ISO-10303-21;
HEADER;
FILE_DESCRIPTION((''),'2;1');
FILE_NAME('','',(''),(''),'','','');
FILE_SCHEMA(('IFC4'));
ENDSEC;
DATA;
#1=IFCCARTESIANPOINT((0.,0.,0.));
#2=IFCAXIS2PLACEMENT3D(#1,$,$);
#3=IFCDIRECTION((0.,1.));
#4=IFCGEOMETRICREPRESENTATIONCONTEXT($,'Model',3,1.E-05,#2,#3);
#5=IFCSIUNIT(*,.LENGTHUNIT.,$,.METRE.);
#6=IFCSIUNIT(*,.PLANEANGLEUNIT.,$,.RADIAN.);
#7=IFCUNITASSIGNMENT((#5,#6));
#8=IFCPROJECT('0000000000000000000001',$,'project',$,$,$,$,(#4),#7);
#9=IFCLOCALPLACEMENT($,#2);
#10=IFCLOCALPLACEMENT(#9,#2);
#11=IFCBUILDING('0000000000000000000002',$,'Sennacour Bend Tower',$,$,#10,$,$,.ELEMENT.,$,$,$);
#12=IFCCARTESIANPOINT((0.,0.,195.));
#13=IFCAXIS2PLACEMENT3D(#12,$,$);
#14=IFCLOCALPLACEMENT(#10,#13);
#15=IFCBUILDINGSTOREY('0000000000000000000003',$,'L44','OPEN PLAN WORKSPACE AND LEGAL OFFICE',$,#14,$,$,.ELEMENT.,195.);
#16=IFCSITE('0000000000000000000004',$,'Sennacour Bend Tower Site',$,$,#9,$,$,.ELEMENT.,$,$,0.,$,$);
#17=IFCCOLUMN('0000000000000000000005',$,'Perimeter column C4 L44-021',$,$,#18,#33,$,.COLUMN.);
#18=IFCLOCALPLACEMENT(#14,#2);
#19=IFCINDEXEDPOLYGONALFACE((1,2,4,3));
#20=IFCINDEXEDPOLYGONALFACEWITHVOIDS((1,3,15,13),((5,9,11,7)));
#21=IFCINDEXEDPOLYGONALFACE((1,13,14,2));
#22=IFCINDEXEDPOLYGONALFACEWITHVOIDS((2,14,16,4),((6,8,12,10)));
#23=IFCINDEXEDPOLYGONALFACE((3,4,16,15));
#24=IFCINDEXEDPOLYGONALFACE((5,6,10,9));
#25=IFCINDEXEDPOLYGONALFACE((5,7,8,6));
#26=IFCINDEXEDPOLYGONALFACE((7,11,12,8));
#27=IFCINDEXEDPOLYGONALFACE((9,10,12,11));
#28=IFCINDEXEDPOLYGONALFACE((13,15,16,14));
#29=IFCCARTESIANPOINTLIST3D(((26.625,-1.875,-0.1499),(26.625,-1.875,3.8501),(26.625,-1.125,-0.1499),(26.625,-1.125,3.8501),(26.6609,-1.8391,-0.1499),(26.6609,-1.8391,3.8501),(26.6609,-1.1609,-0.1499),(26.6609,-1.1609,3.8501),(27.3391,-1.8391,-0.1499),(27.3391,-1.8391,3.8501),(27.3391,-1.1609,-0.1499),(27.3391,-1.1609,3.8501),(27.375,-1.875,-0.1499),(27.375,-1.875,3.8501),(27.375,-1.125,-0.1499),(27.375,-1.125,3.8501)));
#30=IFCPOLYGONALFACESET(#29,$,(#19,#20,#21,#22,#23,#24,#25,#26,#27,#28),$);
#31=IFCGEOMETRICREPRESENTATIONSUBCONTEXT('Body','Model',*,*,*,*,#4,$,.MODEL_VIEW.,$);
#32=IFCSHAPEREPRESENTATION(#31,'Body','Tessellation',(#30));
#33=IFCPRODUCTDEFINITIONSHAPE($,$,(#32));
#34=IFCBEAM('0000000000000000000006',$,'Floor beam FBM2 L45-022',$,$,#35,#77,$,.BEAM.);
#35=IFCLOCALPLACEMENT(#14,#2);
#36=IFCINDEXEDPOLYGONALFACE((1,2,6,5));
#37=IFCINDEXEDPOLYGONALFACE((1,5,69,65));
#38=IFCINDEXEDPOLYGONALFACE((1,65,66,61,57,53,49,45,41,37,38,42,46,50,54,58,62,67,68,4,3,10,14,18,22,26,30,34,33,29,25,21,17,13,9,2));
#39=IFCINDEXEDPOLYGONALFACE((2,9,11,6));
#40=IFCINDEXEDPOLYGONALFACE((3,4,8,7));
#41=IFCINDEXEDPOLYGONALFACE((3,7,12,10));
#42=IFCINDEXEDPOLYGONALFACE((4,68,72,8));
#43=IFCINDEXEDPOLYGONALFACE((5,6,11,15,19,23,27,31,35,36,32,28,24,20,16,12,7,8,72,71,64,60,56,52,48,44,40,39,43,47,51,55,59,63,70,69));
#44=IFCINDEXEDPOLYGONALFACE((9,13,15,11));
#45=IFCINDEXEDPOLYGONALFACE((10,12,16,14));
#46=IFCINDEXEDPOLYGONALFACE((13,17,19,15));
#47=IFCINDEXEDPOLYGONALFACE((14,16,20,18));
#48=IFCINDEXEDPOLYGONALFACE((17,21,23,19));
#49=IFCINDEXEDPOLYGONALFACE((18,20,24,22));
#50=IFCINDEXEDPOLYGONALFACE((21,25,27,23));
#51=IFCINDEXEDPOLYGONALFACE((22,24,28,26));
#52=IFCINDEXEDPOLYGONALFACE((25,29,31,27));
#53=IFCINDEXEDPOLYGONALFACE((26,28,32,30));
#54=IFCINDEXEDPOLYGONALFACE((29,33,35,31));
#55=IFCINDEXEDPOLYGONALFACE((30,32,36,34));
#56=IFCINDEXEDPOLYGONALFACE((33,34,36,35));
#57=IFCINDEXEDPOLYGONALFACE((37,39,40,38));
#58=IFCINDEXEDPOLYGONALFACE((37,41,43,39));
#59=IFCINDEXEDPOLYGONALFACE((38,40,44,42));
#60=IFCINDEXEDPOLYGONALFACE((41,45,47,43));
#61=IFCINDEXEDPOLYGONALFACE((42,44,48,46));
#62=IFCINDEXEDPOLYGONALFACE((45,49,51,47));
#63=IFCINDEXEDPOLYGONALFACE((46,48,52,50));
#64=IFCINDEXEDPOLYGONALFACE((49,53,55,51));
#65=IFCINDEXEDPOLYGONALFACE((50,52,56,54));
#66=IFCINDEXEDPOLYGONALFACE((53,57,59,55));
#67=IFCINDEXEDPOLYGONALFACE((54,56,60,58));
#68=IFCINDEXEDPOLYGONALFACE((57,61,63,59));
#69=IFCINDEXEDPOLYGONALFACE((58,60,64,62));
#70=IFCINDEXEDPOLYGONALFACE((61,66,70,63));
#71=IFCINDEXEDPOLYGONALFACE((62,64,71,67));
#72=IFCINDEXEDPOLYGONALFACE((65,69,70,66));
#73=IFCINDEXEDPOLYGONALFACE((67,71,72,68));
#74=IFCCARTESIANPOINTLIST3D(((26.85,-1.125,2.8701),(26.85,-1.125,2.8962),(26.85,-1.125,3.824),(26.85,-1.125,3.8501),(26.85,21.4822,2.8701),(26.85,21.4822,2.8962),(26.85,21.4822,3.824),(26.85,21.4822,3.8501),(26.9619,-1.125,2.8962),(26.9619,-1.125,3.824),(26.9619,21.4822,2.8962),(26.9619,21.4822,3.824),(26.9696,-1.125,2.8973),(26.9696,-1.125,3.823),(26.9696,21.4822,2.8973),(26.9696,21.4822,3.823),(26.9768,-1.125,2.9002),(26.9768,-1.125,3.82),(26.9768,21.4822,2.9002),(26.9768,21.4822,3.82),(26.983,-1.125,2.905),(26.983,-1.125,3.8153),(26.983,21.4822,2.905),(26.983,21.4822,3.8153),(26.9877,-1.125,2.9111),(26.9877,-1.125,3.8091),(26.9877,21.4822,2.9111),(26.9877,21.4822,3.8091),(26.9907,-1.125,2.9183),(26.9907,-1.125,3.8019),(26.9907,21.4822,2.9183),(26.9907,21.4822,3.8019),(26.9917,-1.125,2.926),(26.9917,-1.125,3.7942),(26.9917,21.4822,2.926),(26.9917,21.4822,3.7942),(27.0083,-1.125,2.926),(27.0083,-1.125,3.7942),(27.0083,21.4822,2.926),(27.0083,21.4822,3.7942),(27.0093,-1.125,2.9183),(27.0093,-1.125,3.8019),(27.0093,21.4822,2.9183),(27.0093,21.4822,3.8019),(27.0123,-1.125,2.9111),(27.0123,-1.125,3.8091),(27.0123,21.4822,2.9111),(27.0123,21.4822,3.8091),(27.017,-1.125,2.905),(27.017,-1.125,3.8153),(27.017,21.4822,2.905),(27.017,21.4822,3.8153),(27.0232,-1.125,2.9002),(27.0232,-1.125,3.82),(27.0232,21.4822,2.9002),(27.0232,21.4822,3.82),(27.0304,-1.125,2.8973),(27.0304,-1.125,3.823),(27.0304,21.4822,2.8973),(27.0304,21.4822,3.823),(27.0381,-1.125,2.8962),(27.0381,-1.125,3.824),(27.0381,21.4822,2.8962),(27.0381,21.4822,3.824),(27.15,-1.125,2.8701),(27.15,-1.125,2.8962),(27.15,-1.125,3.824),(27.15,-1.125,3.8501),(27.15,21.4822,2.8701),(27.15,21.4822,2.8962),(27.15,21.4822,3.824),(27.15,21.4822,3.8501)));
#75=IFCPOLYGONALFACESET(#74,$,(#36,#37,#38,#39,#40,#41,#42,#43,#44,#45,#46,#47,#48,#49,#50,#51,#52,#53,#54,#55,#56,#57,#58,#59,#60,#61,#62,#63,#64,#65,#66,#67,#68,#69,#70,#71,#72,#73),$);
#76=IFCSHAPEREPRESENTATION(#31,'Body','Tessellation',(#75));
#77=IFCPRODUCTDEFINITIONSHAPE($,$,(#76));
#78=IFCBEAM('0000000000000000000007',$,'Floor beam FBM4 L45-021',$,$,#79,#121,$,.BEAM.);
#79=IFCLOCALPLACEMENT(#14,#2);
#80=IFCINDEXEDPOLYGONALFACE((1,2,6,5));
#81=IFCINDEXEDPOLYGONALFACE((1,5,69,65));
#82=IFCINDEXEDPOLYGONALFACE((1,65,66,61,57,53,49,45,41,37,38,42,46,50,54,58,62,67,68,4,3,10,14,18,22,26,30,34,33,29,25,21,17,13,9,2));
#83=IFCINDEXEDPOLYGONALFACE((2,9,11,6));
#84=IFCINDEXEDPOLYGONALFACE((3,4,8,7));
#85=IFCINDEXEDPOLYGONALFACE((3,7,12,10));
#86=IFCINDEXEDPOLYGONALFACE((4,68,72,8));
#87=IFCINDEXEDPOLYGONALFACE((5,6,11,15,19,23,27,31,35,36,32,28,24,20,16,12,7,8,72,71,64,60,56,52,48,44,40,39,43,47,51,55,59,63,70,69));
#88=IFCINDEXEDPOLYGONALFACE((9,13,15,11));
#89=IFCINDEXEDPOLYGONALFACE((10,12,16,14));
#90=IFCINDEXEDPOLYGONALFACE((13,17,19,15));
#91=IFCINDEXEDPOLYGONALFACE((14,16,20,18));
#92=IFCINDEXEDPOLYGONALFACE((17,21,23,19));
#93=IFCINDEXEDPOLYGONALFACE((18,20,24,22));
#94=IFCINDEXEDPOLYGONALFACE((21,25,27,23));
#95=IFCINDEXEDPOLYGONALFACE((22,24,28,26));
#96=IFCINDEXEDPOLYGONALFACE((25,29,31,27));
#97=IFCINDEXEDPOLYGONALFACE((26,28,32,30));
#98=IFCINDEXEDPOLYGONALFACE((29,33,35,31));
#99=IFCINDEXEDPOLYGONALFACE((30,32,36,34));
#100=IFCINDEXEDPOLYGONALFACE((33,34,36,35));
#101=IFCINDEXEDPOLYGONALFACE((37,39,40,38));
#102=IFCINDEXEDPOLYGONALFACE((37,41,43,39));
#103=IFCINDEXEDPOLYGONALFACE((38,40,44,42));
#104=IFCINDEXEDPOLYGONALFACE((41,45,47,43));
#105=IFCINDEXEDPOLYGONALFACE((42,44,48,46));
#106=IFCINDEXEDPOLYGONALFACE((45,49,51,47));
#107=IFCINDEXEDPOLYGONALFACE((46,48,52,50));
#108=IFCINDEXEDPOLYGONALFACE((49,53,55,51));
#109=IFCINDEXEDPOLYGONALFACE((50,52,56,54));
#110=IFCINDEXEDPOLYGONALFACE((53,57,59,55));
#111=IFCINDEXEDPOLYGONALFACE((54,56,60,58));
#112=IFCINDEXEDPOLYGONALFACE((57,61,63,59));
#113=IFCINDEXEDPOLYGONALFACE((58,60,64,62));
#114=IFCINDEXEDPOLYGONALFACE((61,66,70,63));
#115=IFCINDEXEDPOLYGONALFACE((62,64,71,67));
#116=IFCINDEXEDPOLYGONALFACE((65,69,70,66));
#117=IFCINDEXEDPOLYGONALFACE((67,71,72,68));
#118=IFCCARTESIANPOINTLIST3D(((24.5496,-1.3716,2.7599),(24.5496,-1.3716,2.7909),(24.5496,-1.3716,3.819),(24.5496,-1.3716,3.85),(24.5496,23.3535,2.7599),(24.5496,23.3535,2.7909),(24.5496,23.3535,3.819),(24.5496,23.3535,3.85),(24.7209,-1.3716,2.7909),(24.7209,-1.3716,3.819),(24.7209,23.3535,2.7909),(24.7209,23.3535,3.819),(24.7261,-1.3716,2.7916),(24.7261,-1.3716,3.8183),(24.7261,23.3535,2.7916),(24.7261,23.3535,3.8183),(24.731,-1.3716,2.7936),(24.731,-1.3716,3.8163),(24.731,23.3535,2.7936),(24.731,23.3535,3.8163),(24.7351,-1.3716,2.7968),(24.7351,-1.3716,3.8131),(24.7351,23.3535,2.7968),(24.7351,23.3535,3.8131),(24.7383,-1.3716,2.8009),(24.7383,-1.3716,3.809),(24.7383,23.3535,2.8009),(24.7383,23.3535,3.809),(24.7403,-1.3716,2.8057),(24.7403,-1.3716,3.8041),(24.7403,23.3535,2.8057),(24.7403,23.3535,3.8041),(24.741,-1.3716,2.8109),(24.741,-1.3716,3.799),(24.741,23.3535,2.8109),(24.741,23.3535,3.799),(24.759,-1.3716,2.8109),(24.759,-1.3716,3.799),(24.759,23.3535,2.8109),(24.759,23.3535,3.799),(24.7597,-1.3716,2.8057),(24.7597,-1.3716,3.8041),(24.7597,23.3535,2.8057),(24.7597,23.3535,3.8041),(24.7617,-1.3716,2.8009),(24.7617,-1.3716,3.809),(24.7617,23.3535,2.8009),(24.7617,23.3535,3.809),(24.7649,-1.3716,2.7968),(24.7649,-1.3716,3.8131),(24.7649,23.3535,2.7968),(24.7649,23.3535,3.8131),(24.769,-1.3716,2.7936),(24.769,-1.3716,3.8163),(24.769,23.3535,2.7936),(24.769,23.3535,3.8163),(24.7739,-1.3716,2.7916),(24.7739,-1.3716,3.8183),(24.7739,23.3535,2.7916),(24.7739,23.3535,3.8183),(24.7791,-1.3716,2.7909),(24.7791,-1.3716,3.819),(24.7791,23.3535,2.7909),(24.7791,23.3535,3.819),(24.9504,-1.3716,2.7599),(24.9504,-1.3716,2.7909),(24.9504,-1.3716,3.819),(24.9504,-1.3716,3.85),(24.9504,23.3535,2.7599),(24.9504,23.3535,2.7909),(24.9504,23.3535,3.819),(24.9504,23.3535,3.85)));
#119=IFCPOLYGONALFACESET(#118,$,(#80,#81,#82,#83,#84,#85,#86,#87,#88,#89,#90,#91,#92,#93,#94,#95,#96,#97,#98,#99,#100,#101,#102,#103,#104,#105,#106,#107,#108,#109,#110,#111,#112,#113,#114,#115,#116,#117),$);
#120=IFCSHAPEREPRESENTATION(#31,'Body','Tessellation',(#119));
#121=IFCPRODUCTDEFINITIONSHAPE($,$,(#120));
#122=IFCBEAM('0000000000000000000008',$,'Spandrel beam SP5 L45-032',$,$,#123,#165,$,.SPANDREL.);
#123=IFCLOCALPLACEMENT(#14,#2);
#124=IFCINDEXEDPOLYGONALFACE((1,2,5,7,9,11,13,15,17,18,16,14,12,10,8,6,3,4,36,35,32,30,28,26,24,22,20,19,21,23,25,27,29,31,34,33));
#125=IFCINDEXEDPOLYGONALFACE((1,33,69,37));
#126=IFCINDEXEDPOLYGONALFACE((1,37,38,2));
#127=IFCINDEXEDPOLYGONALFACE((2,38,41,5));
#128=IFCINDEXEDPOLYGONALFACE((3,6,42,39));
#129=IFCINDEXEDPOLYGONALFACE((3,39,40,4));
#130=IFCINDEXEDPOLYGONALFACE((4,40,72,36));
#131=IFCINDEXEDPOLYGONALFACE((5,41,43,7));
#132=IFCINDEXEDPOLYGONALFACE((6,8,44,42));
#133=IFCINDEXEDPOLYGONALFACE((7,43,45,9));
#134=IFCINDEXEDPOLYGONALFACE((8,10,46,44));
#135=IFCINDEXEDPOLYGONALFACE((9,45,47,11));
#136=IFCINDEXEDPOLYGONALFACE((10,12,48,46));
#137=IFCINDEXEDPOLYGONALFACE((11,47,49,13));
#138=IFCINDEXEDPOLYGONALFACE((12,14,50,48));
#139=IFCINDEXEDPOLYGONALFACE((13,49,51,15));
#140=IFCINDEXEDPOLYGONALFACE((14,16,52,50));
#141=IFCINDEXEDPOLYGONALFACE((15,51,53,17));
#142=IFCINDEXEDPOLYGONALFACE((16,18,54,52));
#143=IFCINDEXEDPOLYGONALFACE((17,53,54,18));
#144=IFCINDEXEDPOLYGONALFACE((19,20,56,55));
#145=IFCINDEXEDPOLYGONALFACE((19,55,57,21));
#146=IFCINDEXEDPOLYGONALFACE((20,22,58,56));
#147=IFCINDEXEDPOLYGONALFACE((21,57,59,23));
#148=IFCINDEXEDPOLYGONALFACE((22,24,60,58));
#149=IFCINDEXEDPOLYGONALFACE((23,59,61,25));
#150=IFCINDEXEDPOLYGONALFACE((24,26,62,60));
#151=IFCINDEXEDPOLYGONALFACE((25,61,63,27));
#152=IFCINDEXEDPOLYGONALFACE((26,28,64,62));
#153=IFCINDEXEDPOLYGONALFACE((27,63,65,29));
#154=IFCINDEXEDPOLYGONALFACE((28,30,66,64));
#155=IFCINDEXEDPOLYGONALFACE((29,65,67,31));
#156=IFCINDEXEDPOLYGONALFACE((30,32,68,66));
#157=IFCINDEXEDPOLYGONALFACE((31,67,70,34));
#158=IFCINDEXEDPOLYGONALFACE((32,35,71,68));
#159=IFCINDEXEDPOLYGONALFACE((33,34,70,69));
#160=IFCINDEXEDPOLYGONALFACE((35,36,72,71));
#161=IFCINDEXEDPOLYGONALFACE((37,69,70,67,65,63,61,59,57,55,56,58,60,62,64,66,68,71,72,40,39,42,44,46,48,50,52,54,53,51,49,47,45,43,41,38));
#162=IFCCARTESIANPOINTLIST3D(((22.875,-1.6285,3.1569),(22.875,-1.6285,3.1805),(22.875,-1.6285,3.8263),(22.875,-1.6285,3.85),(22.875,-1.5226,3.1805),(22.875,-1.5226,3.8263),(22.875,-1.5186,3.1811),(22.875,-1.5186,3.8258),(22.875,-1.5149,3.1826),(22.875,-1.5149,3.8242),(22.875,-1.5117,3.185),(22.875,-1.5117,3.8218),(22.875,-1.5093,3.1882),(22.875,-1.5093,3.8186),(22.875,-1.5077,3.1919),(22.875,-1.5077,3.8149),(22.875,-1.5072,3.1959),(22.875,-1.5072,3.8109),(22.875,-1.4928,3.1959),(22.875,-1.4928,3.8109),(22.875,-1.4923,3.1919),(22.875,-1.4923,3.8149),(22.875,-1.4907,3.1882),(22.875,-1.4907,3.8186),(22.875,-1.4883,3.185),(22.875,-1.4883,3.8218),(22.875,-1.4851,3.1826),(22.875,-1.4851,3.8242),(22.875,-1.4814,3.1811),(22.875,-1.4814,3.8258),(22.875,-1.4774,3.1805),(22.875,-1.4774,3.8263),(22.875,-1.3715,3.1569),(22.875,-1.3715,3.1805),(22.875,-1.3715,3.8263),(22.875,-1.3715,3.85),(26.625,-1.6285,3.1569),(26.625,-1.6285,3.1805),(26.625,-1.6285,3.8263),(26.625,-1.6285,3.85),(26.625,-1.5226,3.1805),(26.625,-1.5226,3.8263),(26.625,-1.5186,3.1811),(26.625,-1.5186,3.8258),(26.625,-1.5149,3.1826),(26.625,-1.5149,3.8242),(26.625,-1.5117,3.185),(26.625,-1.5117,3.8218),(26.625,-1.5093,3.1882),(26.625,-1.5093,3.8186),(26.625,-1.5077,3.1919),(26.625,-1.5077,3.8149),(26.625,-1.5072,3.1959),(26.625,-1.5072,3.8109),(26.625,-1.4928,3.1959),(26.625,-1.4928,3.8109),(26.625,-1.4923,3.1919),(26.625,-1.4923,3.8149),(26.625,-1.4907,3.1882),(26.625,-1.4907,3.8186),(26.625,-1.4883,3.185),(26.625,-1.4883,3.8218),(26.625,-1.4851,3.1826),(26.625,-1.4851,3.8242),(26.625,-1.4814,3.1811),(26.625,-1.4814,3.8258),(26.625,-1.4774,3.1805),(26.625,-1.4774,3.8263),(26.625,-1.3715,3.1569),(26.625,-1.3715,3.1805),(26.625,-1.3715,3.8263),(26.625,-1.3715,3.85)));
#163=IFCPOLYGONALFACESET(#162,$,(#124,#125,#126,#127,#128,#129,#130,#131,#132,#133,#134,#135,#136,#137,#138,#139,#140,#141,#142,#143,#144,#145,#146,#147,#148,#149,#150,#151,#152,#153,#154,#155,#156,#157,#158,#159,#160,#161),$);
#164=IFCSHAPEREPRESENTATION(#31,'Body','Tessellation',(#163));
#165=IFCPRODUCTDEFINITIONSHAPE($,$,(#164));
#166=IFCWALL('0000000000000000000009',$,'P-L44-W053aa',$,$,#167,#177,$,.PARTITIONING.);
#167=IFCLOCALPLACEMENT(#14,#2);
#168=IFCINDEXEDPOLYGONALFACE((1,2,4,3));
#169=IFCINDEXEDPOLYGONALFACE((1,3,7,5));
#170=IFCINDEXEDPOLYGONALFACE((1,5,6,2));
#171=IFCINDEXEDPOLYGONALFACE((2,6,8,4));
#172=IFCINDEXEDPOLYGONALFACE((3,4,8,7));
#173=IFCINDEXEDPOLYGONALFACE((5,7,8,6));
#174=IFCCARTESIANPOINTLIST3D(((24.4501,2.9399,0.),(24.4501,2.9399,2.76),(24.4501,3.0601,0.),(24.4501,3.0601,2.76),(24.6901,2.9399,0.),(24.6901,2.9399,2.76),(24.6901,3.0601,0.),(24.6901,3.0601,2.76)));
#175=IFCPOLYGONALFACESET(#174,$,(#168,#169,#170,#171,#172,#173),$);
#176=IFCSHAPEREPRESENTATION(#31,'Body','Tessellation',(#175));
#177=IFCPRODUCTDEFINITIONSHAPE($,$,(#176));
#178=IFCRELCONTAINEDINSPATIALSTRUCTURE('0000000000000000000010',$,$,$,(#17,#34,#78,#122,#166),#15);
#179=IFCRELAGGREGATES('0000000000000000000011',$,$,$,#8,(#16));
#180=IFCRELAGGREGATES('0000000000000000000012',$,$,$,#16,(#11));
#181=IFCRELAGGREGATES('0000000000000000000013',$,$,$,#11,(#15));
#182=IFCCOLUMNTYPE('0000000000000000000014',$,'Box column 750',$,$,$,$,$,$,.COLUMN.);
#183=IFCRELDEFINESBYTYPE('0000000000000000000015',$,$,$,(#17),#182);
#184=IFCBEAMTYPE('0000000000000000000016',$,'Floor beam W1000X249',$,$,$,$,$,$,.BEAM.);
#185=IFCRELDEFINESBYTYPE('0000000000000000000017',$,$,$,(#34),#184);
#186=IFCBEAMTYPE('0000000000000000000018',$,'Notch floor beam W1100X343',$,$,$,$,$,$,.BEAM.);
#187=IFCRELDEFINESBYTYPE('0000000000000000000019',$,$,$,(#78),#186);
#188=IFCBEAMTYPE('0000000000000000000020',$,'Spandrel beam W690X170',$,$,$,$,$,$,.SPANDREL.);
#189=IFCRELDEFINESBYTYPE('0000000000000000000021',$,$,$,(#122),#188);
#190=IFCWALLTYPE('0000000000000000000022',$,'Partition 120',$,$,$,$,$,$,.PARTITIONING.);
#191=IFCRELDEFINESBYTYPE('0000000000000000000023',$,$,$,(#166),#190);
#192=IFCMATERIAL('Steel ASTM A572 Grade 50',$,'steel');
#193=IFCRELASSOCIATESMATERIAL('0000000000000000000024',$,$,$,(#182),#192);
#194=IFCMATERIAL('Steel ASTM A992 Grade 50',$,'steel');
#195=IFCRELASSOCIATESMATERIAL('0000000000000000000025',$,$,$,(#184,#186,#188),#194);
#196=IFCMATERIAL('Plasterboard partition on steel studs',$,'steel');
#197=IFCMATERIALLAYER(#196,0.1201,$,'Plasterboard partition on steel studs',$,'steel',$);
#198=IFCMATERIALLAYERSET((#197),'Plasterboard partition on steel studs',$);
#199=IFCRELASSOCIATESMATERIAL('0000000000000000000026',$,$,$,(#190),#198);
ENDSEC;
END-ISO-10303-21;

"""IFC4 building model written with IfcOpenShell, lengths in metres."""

from ifc_helpers import new_model, si_unit, direction, frame, frame_2d, origin, origin_2d, place, context, subcontext, project, spatial, rectangle, hollow_rectangle, i_section, extrude, material, layer, layer_set, material_profile, profile_set, type_object, element, save


model = new_model("IFC4")

# Units and contexts
model_context = context("Model", 3, precision=1e-05, world=origin(), true_north=direction((0.0, 1.0)))
body_context = subcontext(model_context, "Body", "Model", "MODEL_VIEW")
ifc_project = project(units=[si_unit("LENGTHUNIT", "METRE"), si_unit("PLANEANGLEUNIT", "RADIAN")], contexts=[model_context])

# Site, building, storey
site_placement = place(None, origin())
site = spatial("IfcSite", under=ifc_project, at=site_placement, Name="Sennacour Bend Tower Site", CompositionType="ELEMENT", RefElevation=0.0)
building_placement = place(site_placement, origin())
building = spatial("IfcBuilding", under=site, at=building_placement, Name="Sennacour Bend Tower", CompositionType="ELEMENT")
storey_placement = place(building_placement, frame((0.0, 0.0, 195.0)))
storey = spatial("IfcBuildingStorey", under=building, at=storey_placement, Name="L44", Description="OPEN PLAN WORKSPACE AND LEGAL OFFICE", CompositionType="ELEMENT", Elevation=195.0)

# Column
ifc_material_1 = material(Name="Steel ASTM A572 Grade 50", Category="steel")
ifc_material_profile_1 = material_profile(ifc_material_1, hollow_rectangle(XDim=0.75, YDim=0.75, WallThickness=0.0359, at=origin_2d()), Name="Steel ASTM A572 Grade 50", Category="steel")
ifc_profile_set_1 = profile_set([ifc_material_profile_1], Name="Steel ASTM A572 Grade 50")
column_type = type_object("IfcColumnType", Name="Box column 750", PredefinedType="COLUMN", material=ifc_profile_set_1)
column_placement = place(storey_placement, frame((27.0, -1.5, -0.1499), z_axis=(0.0, 0.0, 1.0), x_axis=(1.0, 0.0, 0.0)))
element("IfcColumn", 1, at=column_placement, inside=storey, type_object=column_type, Name="Perimeter column C4 L44-021", PredefinedType="COLUMN", context=body_context, shape_type="SweptSolid", body=[
    extrude(hollow_rectangle(XDim=0.75, YDim=0.75, WallThickness=0.0359, at=origin_2d()), origin(), (0.0, 0.0, 1.0), 4.0),
])

# Beams
ifc_material_2 = material(Name="Steel ASTM A992 Grade 50", Category="steel")
ifc_material_profile_2 = material_profile(ifc_material_2, i_section(OverallWidth=0.3, OverallDepth=0.98, WebThickness=0.0166, FlangeThickness=0.0261, FilletRadius=0.0298, at=origin_2d()), Name="Steel ASTM A992 Grade 50", Category="steel")
ifc_profile_set_2 = profile_set([ifc_material_profile_2], Name="Steel ASTM A992 Grade 50")
beam_type_1 = type_object("IfcBeamType", Name="Floor beam W1000X249", PredefinedType="BEAM", material=ifc_profile_set_2)
beam_1_placement = place(storey_placement, frame((27.0, -1.125, 3.3601), z_axis=(0.0, 1.0, 0.0), x_axis=(-1.0, 0.0, 0.0)))
element("IfcBeam", 2, at=beam_1_placement, inside=storey, type_object=beam_type_1, Name="Floor beam FBM2 L45-022", PredefinedType="BEAM", context=body_context, shape_type="SweptSolid", body=[
    extrude(i_section(OverallWidth=0.3, OverallDepth=0.98, WebThickness=0.0166, FlangeThickness=0.0261, FilletRadius=0.0298, at=origin_2d()), origin(), (0.0, 0.0, 1.0), 22.6072),
])
ifc_material_profile_3 = material_profile(ifc_material_2, i_section(OverallWidth=0.4009, OverallDepth=1.0901, WebThickness=0.0181, FlangeThickness=0.031, FilletRadius=0.02, at=origin_2d()), Name="Steel ASTM A992 Grade 50", Category="steel")
ifc_profile_set_3 = profile_set([ifc_material_profile_3], Name="Steel ASTM A992 Grade 50")
beam_type_2 = type_object("IfcBeamType", Name="Notch floor beam W1100X343", PredefinedType="BEAM", material=ifc_profile_set_3)
beam_2_placement = place(storey_placement, frame((24.75, -1.3716, 3.3049), z_axis=(0.0, 1.0, 0.0), x_axis=(-1.0, 0.0, 0.0)))
element("IfcBeam", 3, at=beam_2_placement, inside=storey, type_object=beam_type_2, Name="Floor beam FBM4 L45-021", PredefinedType="BEAM", context=body_context, shape_type="SweptSolid", body=[
    extrude(i_section(OverallWidth=0.4009, OverallDepth=1.0901, WebThickness=0.0181, FlangeThickness=0.031, FilletRadius=0.02, at=origin_2d()), origin(), (0.0, 0.0, 1.0), 24.7251),
])
ifc_material_profile_4 = material_profile(ifc_material_2, i_section(OverallWidth=0.2571, OverallDepth=0.6931, WebThickness=0.0144, FlangeThickness=0.0237, FilletRadius=0.0154, at=origin_2d()), Name="Steel ASTM A992 Grade 50", Category="steel")
ifc_profile_set_4 = profile_set([ifc_material_profile_4], Name="Steel ASTM A992 Grade 50")
beam_type_3 = type_object("IfcBeamType", Name="Spandrel beam W690X170", PredefinedType="SPANDREL", material=ifc_profile_set_4)
beam_3_placement = place(storey_placement, frame((26.625, -1.5, 3.5034), z_axis=(-1.0, 0.0, 0.0), x_axis=(0.0, -1.0, 0.0)))
element("IfcBeam", 4, at=beam_3_placement, inside=storey, type_object=beam_type_3, Name="Spandrel beam SP5 L45-032", PredefinedType="SPANDREL", context=body_context, shape_type="SweptSolid", body=[
    extrude(i_section(OverallWidth=0.2571, OverallDepth=0.6931, WebThickness=0.0144, FlangeThickness=0.0237, FilletRadius=0.0154, at=origin_2d()), origin(), (0.0, 0.0, 1.0), 3.75),
])

# Wall
ifc_material_3 = material(Name="Plasterboard partition on steel studs", Category="steel")
ifc_layer_1 = layer(ifc_material_3, 0.1201, Name="Plasterboard partition on steel studs", Category="steel")
ifc_layer_set_1 = layer_set([ifc_layer_1], Name="Plasterboard partition on steel studs")
wall_type_1 = type_object("IfcWallType", Name="Partition 120", PredefinedType="PARTITIONING", material=ifc_layer_set_1)
wall_1_placement = place(storey_placement, frame((24.45, 3.0, 0.0), z_axis=(0.0, 0.0, 1.0), x_axis=(1.0, 0.0, 0.0)))
element("IfcWall", 5, at=wall_1_placement, inside=storey, type_object=wall_type_1, Name="P-L44-W053aa", PredefinedType="PARTITIONING", context=body_context, shape_type="SweptSolid", body=[
    extrude(rectangle(XDim=0.24, YDim=0.1201, at=frame_2d((0.1201, 0.0))), origin(), (0.0, 0.0, 1.0), 2.76),
])

save(model, "model.ifc")
